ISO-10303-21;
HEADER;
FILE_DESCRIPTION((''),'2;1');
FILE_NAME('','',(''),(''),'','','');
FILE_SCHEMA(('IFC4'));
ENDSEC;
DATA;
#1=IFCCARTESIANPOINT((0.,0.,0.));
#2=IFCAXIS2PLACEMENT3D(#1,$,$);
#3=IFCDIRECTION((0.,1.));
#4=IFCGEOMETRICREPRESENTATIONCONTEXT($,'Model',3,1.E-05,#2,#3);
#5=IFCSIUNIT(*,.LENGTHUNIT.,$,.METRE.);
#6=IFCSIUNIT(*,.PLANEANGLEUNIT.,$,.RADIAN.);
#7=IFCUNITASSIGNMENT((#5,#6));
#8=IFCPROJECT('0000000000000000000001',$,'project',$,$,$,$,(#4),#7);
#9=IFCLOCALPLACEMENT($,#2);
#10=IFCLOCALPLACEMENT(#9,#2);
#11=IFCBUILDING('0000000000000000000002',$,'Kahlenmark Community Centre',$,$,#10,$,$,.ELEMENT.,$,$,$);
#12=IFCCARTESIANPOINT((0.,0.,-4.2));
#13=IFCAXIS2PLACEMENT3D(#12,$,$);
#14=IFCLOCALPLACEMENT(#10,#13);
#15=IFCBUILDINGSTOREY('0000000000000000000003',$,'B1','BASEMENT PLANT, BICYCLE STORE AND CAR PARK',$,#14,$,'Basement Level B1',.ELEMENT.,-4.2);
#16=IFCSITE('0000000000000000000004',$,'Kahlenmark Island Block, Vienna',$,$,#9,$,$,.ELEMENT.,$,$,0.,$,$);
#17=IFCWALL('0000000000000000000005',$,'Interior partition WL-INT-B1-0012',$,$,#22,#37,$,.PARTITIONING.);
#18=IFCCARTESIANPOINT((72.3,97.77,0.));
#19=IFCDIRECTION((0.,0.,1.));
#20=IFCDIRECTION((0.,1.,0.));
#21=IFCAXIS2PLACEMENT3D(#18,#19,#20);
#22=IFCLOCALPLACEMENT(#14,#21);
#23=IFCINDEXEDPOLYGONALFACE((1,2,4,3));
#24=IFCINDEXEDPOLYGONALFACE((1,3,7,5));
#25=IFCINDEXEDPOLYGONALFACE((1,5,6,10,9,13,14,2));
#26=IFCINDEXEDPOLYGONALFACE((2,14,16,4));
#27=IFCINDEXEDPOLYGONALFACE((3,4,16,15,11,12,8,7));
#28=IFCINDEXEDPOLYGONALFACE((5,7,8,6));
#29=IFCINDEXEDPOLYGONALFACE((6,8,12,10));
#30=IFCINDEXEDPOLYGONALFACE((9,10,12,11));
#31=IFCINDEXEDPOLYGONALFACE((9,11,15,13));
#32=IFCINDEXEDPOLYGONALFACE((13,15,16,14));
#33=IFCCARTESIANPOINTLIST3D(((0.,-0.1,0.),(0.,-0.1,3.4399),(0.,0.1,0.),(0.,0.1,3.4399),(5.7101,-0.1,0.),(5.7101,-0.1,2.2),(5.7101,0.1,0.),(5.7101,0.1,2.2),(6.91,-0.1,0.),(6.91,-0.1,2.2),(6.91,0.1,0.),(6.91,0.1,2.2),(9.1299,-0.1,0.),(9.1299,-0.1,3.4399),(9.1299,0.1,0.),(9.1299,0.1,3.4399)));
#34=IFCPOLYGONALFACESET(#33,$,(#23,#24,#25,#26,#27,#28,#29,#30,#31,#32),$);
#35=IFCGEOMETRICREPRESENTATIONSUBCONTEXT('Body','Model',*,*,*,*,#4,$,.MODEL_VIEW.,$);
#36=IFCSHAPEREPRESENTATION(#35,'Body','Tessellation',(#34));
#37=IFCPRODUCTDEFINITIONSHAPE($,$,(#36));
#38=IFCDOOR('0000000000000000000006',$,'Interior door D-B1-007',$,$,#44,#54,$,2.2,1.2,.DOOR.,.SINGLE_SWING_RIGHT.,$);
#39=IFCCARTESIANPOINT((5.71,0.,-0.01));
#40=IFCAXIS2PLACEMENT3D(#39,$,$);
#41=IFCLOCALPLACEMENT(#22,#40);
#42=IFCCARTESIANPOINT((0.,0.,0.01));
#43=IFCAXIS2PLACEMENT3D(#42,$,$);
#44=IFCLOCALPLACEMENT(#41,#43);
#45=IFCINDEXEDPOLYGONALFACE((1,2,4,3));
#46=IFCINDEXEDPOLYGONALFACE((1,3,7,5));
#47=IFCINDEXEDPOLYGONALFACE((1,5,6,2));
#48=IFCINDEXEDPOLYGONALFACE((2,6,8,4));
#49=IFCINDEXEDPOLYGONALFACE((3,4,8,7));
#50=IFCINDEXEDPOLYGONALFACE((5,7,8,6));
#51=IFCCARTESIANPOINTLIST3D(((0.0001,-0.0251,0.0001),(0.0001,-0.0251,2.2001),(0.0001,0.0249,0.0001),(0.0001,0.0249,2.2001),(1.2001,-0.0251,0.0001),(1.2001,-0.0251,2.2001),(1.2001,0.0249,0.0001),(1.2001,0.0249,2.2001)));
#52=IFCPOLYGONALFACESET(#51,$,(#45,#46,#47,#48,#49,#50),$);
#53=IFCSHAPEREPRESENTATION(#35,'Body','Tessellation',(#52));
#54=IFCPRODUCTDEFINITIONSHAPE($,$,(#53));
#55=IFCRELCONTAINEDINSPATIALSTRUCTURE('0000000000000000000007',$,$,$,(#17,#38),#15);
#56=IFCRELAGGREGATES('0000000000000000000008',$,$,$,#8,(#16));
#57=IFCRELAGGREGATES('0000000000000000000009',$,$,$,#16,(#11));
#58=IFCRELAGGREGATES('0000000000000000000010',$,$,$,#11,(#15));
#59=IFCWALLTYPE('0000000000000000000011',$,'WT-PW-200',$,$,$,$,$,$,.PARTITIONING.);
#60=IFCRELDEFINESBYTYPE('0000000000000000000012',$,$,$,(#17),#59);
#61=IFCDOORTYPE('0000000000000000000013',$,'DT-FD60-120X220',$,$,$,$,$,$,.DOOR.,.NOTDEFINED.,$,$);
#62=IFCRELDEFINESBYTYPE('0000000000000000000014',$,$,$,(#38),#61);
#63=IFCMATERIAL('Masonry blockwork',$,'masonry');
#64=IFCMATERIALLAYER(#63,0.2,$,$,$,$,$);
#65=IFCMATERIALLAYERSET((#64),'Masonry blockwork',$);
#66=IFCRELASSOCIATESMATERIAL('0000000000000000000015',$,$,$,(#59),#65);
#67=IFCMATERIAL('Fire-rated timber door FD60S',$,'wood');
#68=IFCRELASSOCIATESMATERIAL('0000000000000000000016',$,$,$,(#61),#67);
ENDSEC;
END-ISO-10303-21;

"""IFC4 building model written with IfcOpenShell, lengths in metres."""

from ifc_helpers import new_model, si_unit, direction, frame, frame_2d, origin, place, context, subcontext, project, spatial, rectangle, extrude, material, layer, layer_set, type_object, element, fill, save


model = new_model("IFC4")

# Units and contexts
model_context = context("Model", 3, precision=1e-05, world=origin(), true_north=direction((0.0, 1.0)))
body_context = subcontext(model_context, "Body", "Model", "MODEL_VIEW")
ifc_project = project(units=[si_unit("LENGTHUNIT", "METRE"), si_unit("PLANEANGLEUNIT", "RADIAN")], contexts=[model_context])

# Site, building, storey
site_placement = place(None, origin())
site = spatial("IfcSite", under=ifc_project, at=site_placement, Name="Kahlenmark Island Block, Vienna", CompositionType="ELEMENT", RefElevation=0.0)
building_placement = place(site_placement, origin())
building = spatial("IfcBuilding", under=site, at=building_placement, Name="Kahlenmark Community Centre", CompositionType="ELEMENT")
storey_placement = place(building_placement, frame((0.0, 0.0, -4.2)))
storey = spatial("IfcBuildingStorey", under=building, at=storey_placement, Name="B1", Description="BASEMENT PLANT, BICYCLE STORE AND CAR PARK", LongName="Basement Level B1", CompositionType="ELEMENT", Elevation=-4.2)

# Wall, opening, door
ifc_material_1 = material(Name="Masonry blockwork", Category="masonry")
ifc_layer_1 = layer(ifc_material_1, 0.2)
ifc_layer_set_1 = layer_set([ifc_layer_1], Name="Masonry blockwork")
wall_type_1 = type_object("IfcWallType", Name="WT-PW-200", PredefinedType="PARTITIONING", material=ifc_layer_set_1)
wall_1_placement = place(storey_placement, frame((72.3, 97.77, 0.0), z_axis=(0.0, 0.0, 1.0), x_axis=(0.0, 1.0, 0.0)))
wall_1 = element("IfcWall", 1, at=wall_1_placement, inside=storey, type_object=wall_type_1, Name="Interior partition WL-INT-B1-0012", PredefinedType="PARTITIONING", context=body_context, shape_type="SweptSolid", body=[
    extrude(rectangle(XDim=9.1299, YDim=0.2, at=frame_2d((4.5649, 0.0))), origin(), (0.0, 0.0, 1.0), 3.4399),
])
opening_placement = place(wall_1_placement, frame((5.71, 0.0, -0.01)))
opening = element("IfcOpeningElement", 2, at=opening_placement, cuts=wall_1, PredefinedType="OPENING", context=body_context, shape_type="SweptSolid", body=[
    extrude(rectangle(XDim=1.2, YDim=2.21, at=frame_2d((0.6001, 1.105))), frame((0.0, 0.1099, 0.0), z_axis=(0.0, -1.0, 0.0), x_axis=(1.0, 0.0, 0.0)), (0.0, 0.0, 1.0), 0.22),
])
ifc_material_2 = material(Name="Fire-rated timber door FD60S", Category="wood")
door_type = type_object("IfcDoorType", Name="DT-FD60-120X220", OperationType="NOTDEFINED", PredefinedType="DOOR", material=ifc_material_2)
door_placement = place(opening_placement, frame((0.0, 0.0, 0.01)))
door = element("IfcDoor", 3, at=door_placement, inside=storey, type_object=door_type, Name="Interior door D-B1-007", OperationType="SINGLE_SWING_RIGHT", OverallHeight=2.2, OverallWidth=1.2, PredefinedType="DOOR", context=body_context, shape_type="SweptSolid", body=[
    extrude(rectangle(XDim=1.2, YDim=2.2, at=frame_2d((0.6001, 1.1001))), frame((0.0, 0.0249, 0.0), z_axis=(0.0, -1.0, 0.0), x_axis=(1.0, 0.0, 0.0)), (0.0, 0.0, 1.0), 0.05),
])
fill(opening, door)

save(model, "model.ifc")
